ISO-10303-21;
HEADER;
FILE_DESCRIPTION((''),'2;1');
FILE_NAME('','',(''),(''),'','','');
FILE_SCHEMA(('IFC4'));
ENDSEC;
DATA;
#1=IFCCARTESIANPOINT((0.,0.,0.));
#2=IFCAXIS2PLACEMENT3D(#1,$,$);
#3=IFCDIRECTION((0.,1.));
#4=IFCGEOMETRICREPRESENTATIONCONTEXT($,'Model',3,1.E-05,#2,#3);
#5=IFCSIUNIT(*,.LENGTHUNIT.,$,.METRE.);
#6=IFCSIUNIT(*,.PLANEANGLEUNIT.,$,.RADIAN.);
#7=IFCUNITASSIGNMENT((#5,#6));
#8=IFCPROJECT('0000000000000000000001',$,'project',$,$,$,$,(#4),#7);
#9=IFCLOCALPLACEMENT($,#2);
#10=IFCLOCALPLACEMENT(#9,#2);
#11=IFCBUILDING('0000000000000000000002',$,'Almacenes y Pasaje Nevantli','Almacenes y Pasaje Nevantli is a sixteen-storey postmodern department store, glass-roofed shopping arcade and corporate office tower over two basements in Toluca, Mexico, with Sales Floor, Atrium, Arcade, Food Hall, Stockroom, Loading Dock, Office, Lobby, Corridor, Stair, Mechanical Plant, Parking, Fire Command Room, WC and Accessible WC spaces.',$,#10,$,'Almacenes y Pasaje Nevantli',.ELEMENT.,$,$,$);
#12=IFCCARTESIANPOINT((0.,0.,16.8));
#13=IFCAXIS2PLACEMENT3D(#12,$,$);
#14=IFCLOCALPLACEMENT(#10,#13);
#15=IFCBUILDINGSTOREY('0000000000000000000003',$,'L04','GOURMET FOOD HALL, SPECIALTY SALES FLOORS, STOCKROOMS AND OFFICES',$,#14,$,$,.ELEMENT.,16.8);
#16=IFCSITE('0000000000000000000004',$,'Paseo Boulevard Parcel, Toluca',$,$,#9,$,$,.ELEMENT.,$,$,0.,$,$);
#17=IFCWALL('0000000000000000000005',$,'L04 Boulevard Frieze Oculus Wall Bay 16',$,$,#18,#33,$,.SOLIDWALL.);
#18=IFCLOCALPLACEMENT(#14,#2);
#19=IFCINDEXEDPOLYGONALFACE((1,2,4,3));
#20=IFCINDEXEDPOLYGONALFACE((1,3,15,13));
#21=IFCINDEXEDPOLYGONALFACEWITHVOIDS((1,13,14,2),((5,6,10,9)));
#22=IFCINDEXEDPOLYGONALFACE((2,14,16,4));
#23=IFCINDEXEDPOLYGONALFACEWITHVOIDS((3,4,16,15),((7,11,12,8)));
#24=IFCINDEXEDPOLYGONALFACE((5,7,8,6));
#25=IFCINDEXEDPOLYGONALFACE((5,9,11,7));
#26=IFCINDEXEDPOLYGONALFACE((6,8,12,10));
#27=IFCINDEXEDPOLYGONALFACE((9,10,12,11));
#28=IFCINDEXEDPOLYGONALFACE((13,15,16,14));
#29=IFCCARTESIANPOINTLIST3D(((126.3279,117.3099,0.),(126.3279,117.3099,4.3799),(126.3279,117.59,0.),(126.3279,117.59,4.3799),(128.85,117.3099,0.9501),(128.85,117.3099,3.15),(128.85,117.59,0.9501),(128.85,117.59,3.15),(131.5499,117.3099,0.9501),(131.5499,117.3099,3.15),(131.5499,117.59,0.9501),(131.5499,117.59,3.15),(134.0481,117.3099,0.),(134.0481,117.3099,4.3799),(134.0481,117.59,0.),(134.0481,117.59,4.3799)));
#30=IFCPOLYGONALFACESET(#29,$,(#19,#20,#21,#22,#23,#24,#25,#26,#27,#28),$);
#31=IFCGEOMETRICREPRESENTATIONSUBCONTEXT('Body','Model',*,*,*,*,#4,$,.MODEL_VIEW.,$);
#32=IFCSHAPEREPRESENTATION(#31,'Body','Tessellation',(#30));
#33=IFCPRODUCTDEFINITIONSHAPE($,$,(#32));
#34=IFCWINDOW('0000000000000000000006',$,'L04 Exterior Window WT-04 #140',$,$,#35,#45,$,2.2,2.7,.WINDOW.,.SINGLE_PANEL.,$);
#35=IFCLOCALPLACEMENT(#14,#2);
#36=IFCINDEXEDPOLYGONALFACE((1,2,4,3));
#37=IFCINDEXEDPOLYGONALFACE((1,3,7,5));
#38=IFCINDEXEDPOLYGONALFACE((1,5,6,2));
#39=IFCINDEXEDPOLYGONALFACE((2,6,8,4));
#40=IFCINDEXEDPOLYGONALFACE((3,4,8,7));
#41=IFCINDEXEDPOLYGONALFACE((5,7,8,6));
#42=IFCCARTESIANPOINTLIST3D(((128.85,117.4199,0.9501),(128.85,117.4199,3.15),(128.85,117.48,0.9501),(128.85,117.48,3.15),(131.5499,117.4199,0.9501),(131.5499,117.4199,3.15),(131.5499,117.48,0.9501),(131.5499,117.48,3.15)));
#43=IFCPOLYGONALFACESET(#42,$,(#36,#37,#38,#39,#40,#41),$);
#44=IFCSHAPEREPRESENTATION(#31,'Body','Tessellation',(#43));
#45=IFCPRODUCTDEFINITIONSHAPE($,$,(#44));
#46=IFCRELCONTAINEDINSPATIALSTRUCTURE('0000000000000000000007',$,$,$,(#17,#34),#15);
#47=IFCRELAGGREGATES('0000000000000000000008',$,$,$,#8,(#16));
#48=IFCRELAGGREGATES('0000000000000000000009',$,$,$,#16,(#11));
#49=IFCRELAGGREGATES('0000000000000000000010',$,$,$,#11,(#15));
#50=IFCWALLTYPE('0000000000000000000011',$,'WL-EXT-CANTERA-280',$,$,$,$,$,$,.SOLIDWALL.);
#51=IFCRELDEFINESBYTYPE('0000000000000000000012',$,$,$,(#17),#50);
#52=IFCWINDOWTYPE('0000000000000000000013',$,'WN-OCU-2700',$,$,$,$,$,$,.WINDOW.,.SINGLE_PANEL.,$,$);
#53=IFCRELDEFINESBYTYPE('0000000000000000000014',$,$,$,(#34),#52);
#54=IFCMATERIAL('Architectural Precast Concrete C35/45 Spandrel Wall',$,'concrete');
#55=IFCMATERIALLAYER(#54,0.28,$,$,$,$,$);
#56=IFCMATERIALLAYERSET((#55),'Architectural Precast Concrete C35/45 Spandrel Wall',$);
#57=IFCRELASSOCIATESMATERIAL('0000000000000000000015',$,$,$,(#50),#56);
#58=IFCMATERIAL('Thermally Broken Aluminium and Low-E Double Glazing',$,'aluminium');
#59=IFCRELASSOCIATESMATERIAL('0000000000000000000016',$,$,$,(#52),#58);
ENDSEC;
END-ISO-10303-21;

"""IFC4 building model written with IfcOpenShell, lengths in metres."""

from ifc_helpers import new_model, si_unit, direction, frame, frame_2d, origin, place, context, subcontext, project, spatial, rectangle, extrude, material, layer, layer_set, type_object, element, fill, save


model = new_model("IFC4")

# Units and contexts
model_context = context("Model", 3, precision=1e-05, world=origin(), true_north=direction((0.0, 1.0)))
body_context = subcontext(model_context, "Body", "Model", "MODEL_VIEW")
ifc_project = project(units=[si_unit("LENGTHUNIT", "METRE"), si_unit("PLANEANGLEUNIT", "RADIAN")], contexts=[model_context])

# Site, building, storey
site_placement = place(None, origin())
site = spatial("IfcSite", under=ifc_project, at=site_placement, Name="Paseo Boulevard Parcel, Toluca", CompositionType="ELEMENT", RefElevation=0.0)
building_placement = place(site_placement, origin())
building = spatial("IfcBuilding", under=site, at=building_placement, Name="Almacenes y Pasaje Nevantli", Description="Almacenes y Pasaje Nevantli is a sixteen-storey postmodern department store, glass-roofed shopping arcade and corporate office tower over two basements in Toluca, Mexico, with Sales Floor, Atrium, Arcade, Food Hall, Stockroom, Loading Dock, Office, Lobby, Corridor, Stair, Mechanical Plant, Parking, Fire Command Room, WC and Accessible WC spaces.", LongName="Almacenes y Pasaje Nevantli", CompositionType="ELEMENT")
storey_placement = place(building_placement, frame((0.0, 0.0, 16.8)))
storey = spatial("IfcBuildingStorey", under=building, at=storey_placement, Name="L04", Description="GOURMET FOOD HALL, SPECIALTY SALES FLOORS, STOCKROOMS AND OFFICES", CompositionType="ELEMENT", Elevation=16.8)

# Wall, opening, window
ifc_material_1 = material(Name="Architectural Precast Concrete C35/45 Spandrel Wall", Category="concrete")
ifc_layer = layer(ifc_material_1, 0.28)
ifc_layer_set = layer_set([ifc_layer], Name="Architectural Precast Concrete C35/45 Spandrel Wall")
wall_type = type_object("IfcWallType", Name="WL-EXT-CANTERA-280", PredefinedType="SOLIDWALL", material=ifc_layer_set)
wall_1_placement = place(storey_placement, frame((126.3279, 117.45, 0.0), z_axis=(0.0, 0.0, 1.0), x_axis=(1.0, 0.0, 0.0)))
wall_1 = element("IfcWall", 1, at=wall_1_placement, inside=storey, type_object=wall_type, Name="L04 Boulevard Frieze Oculus Wall Bay 16", PredefinedType="SOLIDWALL", context=body_context, shape_type="SweptSolid", body=[
    extrude(rectangle(XDim=7.7202, YDim=0.28, at=frame_2d((3.8601, 0.0))), origin(), (0.0, 0.0, 1.0), 4.3799),
])
opening_1_placement = place(wall_1_placement, frame((2.522, 0.0, 0.95)))
opening_1 = element("IfcOpeningElement", 2, at=opening_1_placement, cuts=wall_1, PredefinedType="OPENING", context=body_context, shape_type="SweptSolid", body=[
    extrude(rectangle(XDim=2.7, YDim=2.2, at=frame_2d((1.3501, 1.1001))), frame((0.0, 0.1499, 0.0), z_axis=(0.0, -1.0, 0.0), x_axis=(1.0, 0.0, 0.0)), (0.0, 0.0, 1.0), 0.3),
])
ifc_material_2 = material(Name="Thermally Broken Aluminium and Low-E Double Glazing", Category="aluminium")
window_type_1 = type_object("IfcWindowType", Name="WN-OCU-2700", PartitioningType="SINGLE_PANEL", PredefinedType="WINDOW", material=ifc_material_2)
window_1_placement = place(opening_1_placement, origin())
window_1 = element("IfcWindow", 3, at=window_1_placement, inside=storey, type_object=window_type_1, Name="L04 Exterior Window WT-04 #140", OverallHeight=2.2, OverallWidth=2.7, PartitioningType="SINGLE_PANEL", PredefinedType="WINDOW", context=body_context, shape_type="SweptSolid", body=[
    extrude(rectangle(XDim=2.7, YDim=2.2, at=frame_2d((1.3501, 1.1001))), frame((0.0, 0.03, 0.0), z_axis=(0.0, -1.0, 0.0), x_axis=(1.0, 0.0, 0.0)), (0.0, 0.0, 1.0), 0.0601),
])
fill(opening_1, window_1)

save(model, "model.ifc")
